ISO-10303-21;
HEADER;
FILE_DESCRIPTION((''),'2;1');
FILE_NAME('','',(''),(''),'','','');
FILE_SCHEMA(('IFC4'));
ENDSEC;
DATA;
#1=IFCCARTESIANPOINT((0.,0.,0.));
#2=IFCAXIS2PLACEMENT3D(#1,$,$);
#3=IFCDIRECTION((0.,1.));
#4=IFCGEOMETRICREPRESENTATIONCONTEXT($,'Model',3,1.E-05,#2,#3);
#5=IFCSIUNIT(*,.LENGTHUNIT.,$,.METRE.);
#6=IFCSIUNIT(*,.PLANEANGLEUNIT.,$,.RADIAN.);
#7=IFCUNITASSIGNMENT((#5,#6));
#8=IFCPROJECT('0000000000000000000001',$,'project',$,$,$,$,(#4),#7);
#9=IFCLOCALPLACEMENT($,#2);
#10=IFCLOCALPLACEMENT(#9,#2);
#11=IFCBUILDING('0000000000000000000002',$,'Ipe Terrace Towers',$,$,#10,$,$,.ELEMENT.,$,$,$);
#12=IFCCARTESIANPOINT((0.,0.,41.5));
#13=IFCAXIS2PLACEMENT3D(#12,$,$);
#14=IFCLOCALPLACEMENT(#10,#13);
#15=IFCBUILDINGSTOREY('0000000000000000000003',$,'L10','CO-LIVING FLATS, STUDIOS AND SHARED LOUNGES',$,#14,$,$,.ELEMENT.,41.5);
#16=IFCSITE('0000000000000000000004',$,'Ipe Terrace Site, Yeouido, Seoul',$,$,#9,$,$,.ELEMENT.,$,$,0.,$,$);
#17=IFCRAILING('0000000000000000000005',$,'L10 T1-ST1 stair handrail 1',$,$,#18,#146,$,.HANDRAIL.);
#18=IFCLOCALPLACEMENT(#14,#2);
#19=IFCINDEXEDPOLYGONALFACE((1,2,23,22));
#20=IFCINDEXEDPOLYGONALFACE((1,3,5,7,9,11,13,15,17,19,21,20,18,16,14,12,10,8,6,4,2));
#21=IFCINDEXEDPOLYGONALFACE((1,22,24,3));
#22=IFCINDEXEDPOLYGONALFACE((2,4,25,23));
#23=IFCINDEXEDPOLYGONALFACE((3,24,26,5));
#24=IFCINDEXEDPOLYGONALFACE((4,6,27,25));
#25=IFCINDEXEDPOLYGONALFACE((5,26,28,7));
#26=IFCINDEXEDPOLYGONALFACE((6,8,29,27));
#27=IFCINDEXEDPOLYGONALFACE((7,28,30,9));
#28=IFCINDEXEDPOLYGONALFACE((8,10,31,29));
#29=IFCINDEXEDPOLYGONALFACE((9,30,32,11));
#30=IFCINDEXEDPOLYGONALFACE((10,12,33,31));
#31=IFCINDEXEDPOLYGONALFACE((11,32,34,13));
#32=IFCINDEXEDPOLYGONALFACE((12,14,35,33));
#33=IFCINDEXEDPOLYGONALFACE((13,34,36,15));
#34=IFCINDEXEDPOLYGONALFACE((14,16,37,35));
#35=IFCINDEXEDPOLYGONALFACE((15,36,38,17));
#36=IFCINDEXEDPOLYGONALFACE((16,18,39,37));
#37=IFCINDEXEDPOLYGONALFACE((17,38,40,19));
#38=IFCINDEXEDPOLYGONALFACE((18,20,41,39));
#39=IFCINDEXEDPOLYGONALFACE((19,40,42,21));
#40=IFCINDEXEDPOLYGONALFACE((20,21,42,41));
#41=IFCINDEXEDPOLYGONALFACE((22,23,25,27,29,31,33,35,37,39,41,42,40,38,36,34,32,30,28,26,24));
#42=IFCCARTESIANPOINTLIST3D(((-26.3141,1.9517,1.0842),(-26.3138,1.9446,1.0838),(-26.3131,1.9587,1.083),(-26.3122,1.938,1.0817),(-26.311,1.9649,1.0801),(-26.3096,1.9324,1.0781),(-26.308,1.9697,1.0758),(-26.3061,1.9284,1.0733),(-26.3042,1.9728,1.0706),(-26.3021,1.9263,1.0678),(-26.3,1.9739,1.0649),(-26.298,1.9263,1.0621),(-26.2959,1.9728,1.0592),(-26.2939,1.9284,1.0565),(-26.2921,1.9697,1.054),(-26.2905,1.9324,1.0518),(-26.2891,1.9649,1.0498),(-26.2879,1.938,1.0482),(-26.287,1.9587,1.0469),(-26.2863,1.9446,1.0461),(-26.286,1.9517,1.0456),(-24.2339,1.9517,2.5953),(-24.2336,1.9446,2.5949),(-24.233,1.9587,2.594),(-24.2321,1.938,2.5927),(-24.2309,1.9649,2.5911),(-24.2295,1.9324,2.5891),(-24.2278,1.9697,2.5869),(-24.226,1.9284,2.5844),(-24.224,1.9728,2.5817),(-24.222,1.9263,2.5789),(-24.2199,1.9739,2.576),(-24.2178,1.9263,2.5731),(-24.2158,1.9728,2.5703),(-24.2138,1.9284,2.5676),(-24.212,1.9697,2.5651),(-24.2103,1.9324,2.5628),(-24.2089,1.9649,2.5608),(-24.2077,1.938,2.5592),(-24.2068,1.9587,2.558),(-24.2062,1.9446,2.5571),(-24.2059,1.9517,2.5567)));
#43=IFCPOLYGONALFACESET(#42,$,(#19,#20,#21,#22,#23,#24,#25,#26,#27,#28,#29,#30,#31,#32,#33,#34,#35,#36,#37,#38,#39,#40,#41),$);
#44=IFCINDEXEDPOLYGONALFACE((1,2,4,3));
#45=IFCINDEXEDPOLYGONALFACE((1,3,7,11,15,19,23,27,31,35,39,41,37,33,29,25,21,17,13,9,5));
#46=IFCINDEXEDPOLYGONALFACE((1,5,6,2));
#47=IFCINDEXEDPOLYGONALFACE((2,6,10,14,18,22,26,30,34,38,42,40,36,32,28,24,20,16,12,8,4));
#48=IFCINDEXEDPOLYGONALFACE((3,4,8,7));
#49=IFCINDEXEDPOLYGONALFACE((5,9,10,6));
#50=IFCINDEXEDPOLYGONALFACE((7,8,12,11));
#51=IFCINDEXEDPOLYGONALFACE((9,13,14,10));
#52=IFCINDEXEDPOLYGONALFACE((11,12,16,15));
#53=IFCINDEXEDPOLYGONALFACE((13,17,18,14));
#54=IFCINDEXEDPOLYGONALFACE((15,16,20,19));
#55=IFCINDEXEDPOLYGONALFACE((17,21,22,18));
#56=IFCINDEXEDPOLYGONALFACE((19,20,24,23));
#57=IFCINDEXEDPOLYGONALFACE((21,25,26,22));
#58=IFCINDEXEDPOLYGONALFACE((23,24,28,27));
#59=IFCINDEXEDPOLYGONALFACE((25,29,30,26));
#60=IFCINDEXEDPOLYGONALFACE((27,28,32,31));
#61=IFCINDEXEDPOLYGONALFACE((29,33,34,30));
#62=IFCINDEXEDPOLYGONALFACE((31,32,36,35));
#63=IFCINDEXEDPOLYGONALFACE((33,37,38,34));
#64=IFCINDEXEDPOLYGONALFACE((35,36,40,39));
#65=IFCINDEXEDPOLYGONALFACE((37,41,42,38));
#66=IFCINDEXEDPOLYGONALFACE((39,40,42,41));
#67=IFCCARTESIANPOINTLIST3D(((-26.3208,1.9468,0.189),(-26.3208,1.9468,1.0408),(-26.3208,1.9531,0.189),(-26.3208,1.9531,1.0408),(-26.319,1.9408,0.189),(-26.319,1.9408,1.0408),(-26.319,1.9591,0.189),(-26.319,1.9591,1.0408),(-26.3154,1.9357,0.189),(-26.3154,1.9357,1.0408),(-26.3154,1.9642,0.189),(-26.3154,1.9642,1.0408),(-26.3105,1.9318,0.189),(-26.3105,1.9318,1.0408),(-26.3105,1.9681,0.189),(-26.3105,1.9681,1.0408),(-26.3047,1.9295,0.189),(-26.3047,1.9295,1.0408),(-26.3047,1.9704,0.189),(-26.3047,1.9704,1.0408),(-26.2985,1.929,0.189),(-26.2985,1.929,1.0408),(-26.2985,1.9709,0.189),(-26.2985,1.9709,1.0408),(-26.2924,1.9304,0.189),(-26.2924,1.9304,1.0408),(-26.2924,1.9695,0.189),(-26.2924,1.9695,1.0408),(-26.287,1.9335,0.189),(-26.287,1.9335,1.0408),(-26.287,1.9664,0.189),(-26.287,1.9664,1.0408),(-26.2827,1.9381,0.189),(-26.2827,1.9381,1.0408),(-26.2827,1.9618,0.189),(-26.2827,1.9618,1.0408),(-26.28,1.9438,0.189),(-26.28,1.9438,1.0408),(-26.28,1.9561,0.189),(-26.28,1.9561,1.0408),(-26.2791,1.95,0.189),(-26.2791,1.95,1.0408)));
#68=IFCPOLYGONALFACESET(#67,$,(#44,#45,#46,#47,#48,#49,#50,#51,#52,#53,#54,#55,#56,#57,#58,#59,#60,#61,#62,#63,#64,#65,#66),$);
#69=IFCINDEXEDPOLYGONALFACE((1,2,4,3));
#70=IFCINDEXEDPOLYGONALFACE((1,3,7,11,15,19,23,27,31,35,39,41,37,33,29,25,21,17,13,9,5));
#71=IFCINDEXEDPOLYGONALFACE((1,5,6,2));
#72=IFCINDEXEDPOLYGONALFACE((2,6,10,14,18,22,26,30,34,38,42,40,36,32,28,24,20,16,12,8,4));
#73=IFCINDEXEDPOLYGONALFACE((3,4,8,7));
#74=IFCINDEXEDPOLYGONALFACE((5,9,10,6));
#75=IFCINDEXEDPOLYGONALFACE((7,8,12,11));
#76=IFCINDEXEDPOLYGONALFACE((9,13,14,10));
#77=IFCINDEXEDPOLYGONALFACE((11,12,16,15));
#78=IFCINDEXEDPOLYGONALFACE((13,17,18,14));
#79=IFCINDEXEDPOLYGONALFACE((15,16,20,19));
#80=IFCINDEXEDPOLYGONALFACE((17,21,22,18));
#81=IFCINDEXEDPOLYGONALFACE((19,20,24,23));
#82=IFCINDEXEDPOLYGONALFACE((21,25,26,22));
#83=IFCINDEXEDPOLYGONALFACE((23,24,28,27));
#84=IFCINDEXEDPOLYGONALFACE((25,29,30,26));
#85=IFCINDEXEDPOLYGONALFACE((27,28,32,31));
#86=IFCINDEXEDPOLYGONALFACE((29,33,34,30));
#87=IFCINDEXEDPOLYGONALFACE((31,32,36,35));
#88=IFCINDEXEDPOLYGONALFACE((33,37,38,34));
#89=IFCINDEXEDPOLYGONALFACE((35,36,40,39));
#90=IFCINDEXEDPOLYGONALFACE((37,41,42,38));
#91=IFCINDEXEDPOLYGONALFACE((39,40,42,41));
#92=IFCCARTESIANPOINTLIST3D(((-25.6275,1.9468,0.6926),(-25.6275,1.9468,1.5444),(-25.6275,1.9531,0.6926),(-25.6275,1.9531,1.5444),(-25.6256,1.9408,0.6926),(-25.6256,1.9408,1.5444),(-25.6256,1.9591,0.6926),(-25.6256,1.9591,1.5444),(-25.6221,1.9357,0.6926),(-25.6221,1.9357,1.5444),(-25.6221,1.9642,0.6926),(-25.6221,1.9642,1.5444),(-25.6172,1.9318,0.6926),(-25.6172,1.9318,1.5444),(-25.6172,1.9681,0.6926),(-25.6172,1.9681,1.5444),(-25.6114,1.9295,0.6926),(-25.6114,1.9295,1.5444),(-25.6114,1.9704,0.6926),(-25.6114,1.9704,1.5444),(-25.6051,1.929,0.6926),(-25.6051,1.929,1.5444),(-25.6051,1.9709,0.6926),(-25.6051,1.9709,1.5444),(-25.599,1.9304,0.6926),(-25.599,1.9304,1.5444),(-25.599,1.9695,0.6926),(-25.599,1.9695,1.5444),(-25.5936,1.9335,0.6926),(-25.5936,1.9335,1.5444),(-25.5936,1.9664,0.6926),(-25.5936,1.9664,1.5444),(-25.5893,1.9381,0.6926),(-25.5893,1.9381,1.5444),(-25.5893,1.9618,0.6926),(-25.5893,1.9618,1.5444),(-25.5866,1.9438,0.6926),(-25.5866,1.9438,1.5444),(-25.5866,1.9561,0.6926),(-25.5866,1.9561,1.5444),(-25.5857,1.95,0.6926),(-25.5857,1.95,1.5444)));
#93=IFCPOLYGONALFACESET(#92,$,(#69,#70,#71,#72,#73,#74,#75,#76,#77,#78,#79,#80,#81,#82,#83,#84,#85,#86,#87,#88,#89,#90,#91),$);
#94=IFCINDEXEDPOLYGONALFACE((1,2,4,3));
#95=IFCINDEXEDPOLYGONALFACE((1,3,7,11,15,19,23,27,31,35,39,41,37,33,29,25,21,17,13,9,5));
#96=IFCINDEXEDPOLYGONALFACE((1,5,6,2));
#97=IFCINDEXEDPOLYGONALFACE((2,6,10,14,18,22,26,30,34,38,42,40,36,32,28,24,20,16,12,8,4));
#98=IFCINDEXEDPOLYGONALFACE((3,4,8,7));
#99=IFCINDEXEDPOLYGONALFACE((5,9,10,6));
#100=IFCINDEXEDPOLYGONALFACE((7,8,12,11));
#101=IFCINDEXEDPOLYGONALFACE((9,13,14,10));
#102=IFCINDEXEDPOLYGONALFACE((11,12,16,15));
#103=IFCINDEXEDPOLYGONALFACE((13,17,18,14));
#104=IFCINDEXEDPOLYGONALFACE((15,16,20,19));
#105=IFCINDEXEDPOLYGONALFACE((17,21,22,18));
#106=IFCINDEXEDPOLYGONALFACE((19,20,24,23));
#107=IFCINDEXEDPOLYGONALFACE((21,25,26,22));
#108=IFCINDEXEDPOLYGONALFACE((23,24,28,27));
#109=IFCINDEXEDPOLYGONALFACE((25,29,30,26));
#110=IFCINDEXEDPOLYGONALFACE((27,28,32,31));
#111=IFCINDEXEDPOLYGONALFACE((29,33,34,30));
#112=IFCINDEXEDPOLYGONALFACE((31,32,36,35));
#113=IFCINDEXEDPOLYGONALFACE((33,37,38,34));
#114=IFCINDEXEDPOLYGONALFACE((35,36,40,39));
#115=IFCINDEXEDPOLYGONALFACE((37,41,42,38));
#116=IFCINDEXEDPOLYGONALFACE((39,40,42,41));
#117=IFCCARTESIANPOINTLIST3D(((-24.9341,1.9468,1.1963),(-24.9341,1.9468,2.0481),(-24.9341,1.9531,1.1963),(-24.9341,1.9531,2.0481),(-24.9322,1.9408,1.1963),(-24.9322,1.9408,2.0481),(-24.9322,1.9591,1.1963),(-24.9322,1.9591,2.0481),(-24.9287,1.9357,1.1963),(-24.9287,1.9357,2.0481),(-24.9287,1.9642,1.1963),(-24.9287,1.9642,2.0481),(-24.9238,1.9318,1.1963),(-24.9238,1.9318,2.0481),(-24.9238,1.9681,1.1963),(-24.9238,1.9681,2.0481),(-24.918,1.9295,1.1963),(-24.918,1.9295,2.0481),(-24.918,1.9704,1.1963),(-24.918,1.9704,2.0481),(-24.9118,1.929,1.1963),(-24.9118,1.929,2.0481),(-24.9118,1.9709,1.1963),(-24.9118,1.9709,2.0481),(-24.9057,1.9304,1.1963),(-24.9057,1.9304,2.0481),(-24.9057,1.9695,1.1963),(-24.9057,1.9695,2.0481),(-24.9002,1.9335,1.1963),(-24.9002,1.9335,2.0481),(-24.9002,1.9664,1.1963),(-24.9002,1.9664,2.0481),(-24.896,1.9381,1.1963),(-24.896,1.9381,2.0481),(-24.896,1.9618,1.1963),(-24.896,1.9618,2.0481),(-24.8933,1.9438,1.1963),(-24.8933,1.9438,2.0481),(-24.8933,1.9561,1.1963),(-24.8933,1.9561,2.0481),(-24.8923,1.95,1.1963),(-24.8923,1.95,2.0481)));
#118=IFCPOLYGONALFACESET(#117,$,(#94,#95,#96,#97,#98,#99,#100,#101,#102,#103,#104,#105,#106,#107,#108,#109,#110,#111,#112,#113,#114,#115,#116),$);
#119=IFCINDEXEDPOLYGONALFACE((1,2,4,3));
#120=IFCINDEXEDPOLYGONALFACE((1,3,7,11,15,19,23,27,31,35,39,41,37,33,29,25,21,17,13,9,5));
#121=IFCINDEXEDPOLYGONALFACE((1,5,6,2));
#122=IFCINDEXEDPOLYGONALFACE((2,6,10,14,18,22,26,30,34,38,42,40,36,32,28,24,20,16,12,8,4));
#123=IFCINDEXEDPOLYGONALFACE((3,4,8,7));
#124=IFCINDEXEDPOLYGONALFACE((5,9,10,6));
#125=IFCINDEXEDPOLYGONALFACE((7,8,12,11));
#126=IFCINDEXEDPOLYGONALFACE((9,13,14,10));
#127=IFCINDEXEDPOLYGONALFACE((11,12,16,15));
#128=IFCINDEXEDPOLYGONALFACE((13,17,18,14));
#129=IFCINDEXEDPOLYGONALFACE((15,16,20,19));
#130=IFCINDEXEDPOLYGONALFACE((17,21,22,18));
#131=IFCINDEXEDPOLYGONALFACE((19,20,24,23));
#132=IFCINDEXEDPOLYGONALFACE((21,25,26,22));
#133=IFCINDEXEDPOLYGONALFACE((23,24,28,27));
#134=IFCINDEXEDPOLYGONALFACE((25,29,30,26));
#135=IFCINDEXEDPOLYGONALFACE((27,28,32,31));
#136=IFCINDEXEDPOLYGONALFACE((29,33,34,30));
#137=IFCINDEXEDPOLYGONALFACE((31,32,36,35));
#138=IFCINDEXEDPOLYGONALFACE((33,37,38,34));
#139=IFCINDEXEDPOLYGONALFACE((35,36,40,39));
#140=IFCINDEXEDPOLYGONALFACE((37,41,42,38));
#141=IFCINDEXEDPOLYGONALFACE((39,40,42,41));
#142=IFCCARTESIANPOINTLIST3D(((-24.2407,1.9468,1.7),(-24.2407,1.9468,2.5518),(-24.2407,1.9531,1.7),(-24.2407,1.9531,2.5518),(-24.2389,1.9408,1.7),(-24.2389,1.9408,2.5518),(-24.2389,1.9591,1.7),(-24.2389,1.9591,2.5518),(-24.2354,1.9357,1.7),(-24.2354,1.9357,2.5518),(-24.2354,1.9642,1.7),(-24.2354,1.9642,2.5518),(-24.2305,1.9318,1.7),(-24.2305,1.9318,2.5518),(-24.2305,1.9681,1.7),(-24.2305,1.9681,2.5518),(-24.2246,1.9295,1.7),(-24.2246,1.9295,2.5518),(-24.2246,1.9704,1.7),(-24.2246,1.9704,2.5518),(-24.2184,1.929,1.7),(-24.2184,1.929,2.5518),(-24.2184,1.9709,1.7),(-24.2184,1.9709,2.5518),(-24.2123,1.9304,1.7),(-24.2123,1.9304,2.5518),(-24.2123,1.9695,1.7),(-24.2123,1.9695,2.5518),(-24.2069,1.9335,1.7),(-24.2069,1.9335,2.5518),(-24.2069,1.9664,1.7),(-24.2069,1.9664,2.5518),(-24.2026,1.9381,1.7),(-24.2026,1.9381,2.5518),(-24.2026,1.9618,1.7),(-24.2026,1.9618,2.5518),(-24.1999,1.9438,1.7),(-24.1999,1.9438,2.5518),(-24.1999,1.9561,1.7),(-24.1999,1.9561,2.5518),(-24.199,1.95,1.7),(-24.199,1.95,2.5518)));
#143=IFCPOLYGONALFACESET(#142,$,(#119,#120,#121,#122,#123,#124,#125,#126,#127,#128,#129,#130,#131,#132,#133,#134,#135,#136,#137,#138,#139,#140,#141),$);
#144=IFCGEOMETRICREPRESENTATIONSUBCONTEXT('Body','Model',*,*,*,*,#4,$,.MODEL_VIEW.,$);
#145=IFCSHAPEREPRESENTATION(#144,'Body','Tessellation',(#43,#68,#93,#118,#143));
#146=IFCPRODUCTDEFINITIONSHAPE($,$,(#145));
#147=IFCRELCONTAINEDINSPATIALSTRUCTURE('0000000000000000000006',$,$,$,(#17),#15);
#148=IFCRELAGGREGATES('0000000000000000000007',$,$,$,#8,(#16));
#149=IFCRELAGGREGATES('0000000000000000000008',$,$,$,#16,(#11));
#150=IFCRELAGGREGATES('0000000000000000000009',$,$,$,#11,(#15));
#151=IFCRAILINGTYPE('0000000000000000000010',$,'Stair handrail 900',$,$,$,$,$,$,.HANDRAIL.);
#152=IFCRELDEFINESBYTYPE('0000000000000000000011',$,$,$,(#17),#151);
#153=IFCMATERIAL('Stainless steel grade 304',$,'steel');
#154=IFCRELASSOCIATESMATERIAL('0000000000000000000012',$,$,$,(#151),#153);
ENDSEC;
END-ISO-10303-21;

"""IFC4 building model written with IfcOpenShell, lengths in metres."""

from ifc_helpers import new_model, si_unit, direction, frame, origin, origin_2d, place, context, subcontext, project, spatial, circle, extrude, material, type_object, element, save


model = new_model("IFC4")

# Units and contexts
model_context = context("Model", 3, precision=1e-05, world=origin(), true_north=direction((0.0, 1.0)))
body_context = subcontext(model_context, "Body", "Model", "MODEL_VIEW")
ifc_project = project(units=[si_unit("LENGTHUNIT", "METRE"), si_unit("PLANEANGLEUNIT", "RADIAN")], contexts=[model_context])

# Site, building, storey
site_placement = place(None, origin())
site = spatial("IfcSite", under=ifc_project, at=site_placement, Name="Ipe Terrace Site, Yeouido, Seoul", CompositionType="ELEMENT", RefElevation=0.0)
building_placement = place(site_placement, origin())
building = spatial("IfcBuilding", under=site, at=building_placement, Name="Ipe Terrace Towers", CompositionType="ELEMENT")
storey_placement = place(building_placement, frame((0.0, 0.0, 41.5)))
storey = spatial("IfcBuildingStorey", under=building, at=storey_placement, Name="L10", Description="CO-LIVING FLATS, STUDIOS AND SHARED LOUNGES", CompositionType="ELEMENT", Elevation=41.5)

# Railing
ifc_material_1 = material(Name="Stainless steel grade 304", Category="steel")
railing_type_1 = type_object("IfcRailingType", Name="Stair handrail 900", PredefinedType="HANDRAIL", material=ifc_material_1)
railing_1_placement = place(storey_placement, frame((-26.3, 1.95, 0.189)))
element("IfcRailing", 1, at=railing_1_placement, inside=storey, type_object=railing_type_1, Name="L10 T1-ST1 stair handrail 1", PredefinedType="HANDRAIL", context=body_context, shape_type="SweptSolid", body=[
    extrude(circle(Radius=0.0239, at=origin_2d()), frame((0.0, 0.0, 0.876), z_axis=(0.809069, 0.0, 0.587714), x_axis=(0.0, 1.0, 0.0)), (0.0, 0.0, 1.0), 2.571),
    extrude(circle(Radius=0.021, at=origin_2d()), origin(), (0.0, 0.0, 1.0), 0.8518),
    extrude(circle(Radius=0.021, at=origin_2d()), frame((0.6934, 0.0, 0.5037)), (0.0, 0.0, 1.0), 0.8518),
    extrude(circle(Radius=0.021, at=origin_2d()), frame((1.3867, 0.0, 1.0073)), (0.0, 0.0, 1.0), 0.8518),
    extrude(circle(Radius=0.021, at=origin_2d()), frame((2.0801, 0.0, 1.511)), (0.0, 0.0, 1.0), 0.8518),
])

save(model, "model.ifc")
